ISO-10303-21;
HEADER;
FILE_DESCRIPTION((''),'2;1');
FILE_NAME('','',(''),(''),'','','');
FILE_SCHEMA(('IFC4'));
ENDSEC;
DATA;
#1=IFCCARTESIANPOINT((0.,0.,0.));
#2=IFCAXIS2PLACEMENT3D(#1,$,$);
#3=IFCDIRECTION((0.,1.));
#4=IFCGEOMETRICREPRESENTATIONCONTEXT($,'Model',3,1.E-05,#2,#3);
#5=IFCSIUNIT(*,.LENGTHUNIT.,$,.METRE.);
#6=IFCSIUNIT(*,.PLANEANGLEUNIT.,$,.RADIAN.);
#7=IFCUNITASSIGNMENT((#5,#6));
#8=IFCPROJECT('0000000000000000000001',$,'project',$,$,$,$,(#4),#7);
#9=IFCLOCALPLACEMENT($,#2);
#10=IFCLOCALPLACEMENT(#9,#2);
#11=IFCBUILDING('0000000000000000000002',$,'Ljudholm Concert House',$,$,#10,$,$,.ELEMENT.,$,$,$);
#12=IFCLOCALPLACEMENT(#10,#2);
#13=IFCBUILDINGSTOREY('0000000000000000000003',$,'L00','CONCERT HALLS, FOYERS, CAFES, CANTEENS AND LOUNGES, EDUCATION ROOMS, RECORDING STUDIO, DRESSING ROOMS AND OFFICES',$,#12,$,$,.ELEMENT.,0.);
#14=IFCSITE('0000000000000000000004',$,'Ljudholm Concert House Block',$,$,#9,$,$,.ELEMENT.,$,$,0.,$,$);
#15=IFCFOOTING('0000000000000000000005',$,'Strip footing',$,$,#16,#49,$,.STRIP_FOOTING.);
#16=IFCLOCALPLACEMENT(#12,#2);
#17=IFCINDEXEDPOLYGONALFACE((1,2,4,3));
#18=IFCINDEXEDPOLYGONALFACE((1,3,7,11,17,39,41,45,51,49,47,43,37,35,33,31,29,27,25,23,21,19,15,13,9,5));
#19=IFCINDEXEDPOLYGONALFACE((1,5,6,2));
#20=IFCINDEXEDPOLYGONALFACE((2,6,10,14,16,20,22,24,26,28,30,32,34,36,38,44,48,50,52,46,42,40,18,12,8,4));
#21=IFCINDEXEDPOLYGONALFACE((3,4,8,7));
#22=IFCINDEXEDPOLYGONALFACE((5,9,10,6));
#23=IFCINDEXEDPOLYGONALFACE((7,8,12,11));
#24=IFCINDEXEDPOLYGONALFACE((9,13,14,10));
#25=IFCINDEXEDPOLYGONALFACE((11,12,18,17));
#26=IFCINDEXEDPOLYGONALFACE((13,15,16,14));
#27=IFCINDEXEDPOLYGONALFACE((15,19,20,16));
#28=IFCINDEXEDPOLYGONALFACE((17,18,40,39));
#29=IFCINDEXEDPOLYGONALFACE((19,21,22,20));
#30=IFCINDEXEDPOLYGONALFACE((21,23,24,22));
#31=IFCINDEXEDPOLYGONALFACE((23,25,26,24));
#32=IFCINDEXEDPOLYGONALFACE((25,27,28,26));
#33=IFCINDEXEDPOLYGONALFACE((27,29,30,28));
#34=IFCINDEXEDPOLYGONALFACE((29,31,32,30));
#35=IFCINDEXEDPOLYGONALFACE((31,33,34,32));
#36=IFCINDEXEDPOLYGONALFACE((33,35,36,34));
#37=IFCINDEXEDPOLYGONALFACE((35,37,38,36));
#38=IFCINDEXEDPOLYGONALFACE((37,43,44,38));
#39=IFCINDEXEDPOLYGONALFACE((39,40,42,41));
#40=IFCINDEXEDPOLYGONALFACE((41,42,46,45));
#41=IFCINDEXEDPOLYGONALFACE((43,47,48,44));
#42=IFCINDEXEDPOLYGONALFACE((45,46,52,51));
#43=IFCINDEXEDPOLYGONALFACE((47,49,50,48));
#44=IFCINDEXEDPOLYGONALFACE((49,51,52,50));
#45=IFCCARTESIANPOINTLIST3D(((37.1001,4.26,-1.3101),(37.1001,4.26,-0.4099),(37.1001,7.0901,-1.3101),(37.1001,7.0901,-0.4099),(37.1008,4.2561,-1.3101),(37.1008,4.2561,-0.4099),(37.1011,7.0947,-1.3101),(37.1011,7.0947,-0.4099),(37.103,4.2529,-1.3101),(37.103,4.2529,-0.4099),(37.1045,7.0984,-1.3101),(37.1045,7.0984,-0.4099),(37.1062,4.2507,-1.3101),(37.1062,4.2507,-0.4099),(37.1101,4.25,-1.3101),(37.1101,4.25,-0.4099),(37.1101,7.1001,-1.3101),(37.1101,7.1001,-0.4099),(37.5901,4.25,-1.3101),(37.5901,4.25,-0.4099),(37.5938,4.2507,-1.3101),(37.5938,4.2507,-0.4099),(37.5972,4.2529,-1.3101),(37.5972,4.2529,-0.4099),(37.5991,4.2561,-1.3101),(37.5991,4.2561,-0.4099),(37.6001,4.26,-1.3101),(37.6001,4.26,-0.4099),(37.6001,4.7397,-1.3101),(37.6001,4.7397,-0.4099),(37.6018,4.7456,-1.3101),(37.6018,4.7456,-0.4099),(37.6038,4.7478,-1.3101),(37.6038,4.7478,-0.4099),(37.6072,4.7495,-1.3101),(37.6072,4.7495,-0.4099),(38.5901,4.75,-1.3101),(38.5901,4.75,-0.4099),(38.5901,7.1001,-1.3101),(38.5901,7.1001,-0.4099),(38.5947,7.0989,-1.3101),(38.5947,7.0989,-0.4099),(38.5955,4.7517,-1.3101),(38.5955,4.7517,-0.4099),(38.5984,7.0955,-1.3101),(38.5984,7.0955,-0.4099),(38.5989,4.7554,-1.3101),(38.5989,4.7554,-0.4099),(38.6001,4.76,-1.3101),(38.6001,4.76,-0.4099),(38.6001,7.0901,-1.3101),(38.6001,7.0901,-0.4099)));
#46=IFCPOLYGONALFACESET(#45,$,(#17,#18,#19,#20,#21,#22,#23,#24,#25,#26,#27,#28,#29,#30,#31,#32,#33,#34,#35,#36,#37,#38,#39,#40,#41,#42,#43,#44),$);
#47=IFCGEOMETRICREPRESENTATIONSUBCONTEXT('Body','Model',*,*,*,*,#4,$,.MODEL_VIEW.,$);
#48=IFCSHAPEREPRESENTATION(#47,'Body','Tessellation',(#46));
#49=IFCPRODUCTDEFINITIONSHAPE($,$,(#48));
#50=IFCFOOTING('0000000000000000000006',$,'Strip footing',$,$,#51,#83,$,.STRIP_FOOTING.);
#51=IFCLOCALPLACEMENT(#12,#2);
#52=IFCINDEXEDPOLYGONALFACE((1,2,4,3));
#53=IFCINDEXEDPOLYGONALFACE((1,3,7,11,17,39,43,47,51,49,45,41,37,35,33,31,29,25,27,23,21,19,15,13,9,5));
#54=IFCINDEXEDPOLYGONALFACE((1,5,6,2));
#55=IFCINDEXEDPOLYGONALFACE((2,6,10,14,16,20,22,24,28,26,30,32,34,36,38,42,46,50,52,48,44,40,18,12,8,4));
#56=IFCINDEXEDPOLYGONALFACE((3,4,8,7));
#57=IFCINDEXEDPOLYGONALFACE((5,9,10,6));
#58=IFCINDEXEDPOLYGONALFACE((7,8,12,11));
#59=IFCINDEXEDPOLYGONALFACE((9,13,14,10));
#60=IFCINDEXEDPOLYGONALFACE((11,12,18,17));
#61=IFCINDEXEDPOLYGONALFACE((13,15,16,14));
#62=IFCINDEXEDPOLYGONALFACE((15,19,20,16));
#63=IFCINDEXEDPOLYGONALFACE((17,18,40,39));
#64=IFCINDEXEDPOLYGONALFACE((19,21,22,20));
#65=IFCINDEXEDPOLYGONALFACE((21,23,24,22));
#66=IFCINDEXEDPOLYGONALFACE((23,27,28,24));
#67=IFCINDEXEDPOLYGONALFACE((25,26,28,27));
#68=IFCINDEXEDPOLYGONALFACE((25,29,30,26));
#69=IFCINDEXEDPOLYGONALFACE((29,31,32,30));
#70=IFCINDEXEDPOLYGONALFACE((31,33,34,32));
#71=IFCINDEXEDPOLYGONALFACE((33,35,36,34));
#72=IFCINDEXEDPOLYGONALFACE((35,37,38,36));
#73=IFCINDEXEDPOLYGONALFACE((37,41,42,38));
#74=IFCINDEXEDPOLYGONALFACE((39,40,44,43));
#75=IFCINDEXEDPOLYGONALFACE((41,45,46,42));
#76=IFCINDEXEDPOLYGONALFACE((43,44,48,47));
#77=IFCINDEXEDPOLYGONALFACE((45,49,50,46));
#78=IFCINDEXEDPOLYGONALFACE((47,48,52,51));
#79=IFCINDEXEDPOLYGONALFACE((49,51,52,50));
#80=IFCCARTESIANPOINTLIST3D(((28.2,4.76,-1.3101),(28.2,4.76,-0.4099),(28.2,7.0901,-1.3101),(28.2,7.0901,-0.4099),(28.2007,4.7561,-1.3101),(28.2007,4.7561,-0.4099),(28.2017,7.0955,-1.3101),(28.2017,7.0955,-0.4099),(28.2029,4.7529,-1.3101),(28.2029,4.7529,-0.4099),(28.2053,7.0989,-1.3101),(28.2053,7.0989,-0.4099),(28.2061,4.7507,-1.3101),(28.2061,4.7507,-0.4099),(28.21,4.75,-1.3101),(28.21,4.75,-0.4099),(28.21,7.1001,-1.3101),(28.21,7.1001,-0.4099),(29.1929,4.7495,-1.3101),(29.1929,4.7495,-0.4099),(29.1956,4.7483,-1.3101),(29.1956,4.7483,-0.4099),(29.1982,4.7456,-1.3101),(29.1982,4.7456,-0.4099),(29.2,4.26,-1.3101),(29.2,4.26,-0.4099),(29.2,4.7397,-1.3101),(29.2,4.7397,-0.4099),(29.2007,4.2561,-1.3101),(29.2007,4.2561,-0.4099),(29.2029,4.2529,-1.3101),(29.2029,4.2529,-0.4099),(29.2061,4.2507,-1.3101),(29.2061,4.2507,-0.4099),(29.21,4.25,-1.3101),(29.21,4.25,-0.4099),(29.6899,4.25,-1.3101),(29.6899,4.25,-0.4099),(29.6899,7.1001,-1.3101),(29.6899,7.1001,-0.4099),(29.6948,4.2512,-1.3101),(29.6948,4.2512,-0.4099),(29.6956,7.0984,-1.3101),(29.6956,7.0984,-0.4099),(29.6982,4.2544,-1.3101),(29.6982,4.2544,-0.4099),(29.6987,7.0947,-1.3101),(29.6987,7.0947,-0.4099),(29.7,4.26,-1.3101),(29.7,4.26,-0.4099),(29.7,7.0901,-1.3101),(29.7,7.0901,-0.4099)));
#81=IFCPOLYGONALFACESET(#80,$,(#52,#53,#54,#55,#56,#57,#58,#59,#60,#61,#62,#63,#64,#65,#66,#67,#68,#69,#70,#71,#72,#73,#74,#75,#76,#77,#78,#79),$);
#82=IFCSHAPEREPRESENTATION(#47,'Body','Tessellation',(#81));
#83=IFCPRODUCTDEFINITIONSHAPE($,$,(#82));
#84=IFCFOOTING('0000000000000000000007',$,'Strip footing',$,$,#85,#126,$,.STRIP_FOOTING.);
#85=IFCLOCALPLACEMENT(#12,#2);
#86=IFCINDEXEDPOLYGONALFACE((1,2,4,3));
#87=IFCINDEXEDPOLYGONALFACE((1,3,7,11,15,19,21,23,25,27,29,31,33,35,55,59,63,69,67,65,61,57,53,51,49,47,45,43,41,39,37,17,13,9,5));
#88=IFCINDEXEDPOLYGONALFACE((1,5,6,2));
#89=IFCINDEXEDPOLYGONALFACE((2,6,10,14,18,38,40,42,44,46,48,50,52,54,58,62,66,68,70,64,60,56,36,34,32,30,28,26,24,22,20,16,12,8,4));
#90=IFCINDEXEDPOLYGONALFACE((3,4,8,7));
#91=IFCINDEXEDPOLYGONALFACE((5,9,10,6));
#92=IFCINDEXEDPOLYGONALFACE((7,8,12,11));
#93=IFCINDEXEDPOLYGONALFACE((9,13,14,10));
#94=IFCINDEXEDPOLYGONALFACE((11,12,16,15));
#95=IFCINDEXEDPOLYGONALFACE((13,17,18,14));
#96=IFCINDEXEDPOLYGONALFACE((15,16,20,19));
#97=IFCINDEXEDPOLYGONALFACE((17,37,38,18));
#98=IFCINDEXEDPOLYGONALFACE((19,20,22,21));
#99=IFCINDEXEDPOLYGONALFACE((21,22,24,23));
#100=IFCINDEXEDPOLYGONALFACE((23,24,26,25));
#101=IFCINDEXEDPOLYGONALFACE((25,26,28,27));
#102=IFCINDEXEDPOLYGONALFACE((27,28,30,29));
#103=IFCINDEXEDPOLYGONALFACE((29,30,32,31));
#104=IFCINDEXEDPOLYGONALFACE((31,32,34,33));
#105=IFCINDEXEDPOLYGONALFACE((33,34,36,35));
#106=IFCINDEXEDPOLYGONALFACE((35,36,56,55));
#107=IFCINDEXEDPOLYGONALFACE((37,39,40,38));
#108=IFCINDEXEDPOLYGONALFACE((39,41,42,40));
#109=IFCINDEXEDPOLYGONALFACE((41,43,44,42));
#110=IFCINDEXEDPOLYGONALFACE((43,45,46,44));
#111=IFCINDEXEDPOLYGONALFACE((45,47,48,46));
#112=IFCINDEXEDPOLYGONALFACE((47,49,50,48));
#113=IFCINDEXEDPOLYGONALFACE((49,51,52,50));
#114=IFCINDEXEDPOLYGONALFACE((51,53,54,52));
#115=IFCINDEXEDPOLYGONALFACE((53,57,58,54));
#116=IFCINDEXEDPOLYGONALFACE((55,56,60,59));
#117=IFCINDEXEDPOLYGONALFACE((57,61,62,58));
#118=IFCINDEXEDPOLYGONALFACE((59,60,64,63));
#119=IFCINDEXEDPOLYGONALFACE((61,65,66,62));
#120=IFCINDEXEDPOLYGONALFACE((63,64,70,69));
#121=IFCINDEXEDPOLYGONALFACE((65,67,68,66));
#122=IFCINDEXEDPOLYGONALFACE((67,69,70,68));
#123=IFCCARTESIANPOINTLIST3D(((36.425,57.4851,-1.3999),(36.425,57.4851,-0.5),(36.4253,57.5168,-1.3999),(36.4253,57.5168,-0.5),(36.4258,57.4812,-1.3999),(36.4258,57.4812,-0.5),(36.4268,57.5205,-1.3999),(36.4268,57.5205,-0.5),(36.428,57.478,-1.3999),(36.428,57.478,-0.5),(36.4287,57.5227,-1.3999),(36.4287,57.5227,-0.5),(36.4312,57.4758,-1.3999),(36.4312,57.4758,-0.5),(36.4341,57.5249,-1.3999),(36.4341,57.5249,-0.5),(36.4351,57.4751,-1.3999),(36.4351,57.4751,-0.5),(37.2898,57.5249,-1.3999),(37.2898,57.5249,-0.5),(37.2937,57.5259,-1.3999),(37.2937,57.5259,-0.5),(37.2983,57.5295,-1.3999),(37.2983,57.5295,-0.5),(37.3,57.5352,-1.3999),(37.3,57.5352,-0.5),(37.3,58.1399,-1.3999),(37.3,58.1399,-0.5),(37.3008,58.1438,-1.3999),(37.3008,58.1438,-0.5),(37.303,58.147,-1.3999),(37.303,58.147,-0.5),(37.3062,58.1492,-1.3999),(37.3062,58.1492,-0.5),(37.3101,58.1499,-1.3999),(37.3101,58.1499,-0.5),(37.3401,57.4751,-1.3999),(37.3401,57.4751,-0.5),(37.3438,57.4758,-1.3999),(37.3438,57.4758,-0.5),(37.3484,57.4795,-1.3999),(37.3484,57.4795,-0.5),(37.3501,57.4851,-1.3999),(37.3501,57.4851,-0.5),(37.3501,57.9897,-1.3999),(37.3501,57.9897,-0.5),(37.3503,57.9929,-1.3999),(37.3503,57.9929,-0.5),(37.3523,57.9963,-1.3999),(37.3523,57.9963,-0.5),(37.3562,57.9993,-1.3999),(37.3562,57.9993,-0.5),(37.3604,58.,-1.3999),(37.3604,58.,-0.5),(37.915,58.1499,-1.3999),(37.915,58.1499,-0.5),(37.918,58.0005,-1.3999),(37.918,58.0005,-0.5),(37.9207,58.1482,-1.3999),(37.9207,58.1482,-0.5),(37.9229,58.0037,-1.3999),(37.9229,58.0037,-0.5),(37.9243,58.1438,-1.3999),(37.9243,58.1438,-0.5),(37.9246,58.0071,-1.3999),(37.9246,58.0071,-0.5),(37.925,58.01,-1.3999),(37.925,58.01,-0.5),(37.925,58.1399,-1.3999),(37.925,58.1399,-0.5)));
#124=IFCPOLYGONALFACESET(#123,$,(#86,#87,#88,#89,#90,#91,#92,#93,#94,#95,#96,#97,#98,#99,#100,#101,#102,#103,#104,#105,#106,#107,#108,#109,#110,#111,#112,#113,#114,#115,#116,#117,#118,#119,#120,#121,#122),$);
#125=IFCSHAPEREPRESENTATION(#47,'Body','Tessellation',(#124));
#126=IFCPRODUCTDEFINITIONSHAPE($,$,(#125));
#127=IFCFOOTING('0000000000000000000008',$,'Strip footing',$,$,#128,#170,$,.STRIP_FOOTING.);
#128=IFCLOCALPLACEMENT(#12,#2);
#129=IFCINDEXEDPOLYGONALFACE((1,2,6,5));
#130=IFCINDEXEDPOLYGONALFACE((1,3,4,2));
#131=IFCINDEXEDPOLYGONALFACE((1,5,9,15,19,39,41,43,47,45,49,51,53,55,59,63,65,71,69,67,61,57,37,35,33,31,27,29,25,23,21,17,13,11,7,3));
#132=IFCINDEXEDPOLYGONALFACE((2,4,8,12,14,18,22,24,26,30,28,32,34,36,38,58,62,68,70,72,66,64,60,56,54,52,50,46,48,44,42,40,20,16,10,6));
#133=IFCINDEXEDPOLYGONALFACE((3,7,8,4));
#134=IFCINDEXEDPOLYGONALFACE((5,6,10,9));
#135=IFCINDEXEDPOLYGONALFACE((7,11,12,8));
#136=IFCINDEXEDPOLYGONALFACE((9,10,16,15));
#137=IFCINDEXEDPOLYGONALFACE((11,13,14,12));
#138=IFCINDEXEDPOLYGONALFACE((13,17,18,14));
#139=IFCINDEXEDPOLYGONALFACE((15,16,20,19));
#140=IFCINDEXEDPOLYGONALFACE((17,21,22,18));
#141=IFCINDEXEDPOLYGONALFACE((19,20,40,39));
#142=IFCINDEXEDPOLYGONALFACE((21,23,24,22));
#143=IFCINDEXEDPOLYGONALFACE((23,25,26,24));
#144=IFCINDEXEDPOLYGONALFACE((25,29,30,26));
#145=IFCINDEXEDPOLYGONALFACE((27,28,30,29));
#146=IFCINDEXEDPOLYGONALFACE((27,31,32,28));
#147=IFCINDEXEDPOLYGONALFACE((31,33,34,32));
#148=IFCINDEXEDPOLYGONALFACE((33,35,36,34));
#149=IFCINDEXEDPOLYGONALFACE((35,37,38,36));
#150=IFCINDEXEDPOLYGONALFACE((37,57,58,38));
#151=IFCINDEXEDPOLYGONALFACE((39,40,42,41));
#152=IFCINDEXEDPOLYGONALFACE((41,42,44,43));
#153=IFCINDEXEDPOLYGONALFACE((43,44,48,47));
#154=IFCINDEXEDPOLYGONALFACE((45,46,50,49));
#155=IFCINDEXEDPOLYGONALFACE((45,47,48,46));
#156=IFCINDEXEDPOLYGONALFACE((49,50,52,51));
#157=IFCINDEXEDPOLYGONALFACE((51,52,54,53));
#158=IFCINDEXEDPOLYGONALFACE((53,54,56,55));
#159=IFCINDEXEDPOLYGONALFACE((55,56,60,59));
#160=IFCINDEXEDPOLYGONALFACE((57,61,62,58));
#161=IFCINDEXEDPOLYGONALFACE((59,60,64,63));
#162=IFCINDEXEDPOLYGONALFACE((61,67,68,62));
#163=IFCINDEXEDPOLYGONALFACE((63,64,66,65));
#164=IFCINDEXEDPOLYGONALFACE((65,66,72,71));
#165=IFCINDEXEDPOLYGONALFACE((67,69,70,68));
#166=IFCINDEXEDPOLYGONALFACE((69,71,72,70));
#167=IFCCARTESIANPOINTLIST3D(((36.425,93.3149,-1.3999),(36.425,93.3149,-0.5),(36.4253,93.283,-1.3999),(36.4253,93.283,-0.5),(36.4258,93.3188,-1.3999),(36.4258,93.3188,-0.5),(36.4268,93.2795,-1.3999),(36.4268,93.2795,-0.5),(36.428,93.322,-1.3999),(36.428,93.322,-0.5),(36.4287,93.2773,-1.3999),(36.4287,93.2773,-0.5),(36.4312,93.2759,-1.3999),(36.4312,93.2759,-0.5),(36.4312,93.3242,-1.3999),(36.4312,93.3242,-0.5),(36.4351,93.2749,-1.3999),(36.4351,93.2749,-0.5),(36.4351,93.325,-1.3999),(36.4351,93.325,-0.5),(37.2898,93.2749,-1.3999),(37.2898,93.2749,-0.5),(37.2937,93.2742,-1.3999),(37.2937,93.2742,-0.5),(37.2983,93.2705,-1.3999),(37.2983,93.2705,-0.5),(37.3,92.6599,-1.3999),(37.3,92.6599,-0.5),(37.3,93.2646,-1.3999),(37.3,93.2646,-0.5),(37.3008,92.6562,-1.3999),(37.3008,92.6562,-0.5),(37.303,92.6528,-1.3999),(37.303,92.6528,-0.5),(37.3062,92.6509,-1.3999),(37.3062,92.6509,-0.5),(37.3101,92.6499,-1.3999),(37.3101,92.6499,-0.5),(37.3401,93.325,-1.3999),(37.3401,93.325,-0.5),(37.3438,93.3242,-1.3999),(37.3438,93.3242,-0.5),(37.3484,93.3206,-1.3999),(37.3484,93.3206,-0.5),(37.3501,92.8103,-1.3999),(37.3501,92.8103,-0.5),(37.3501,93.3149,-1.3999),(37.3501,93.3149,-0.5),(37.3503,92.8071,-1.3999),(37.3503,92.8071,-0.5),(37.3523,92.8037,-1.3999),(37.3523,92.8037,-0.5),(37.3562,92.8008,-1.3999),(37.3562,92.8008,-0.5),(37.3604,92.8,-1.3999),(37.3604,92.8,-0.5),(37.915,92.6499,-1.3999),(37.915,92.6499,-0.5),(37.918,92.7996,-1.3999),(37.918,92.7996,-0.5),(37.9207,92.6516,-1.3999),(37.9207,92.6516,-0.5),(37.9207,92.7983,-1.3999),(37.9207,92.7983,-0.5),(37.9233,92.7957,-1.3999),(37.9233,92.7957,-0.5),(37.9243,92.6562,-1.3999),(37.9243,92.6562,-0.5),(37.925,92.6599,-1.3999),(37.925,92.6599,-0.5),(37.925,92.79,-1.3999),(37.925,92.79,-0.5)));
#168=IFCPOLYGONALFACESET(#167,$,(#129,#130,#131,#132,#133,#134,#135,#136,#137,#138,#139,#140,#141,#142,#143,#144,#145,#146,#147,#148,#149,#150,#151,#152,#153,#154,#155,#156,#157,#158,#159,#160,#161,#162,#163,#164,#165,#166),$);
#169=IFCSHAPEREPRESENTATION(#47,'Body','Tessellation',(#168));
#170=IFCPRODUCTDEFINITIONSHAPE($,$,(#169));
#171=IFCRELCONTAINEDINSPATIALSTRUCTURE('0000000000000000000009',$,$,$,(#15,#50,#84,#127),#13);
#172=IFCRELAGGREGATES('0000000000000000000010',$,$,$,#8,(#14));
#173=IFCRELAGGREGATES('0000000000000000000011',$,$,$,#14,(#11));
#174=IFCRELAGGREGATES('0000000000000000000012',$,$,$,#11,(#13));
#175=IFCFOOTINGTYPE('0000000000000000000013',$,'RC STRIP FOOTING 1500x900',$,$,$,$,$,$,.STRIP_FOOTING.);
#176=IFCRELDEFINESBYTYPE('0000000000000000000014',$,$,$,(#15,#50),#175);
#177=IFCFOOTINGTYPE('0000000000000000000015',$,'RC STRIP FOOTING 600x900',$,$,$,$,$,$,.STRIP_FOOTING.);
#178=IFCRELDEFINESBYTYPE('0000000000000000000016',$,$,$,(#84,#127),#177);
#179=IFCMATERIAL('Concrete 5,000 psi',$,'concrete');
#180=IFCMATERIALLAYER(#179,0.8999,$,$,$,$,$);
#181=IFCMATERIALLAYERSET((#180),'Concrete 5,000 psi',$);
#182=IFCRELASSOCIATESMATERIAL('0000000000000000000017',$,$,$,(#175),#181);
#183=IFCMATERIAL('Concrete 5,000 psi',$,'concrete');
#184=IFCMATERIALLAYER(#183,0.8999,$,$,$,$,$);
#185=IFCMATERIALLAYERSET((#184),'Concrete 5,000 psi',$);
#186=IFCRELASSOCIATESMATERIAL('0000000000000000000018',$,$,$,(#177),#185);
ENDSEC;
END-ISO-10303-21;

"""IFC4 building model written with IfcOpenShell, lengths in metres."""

from ifc_helpers import new_model, si_unit, direction, frame, origin, place, context, subcontext, project, spatial, polyline, outline, extrude, material, layer, layer_set, type_object, element, save


model = new_model("IFC4")

# Units and contexts
model_context = context("Model", 3, precision=1e-05, world=origin(), true_north=direction((0.0, 1.0)))
body_context = subcontext(model_context, "Body", "Model", "MODEL_VIEW")
ifc_project = project(units=[si_unit("LENGTHUNIT", "METRE"), si_unit("PLANEANGLEUNIT", "RADIAN")], contexts=[model_context])

# Site, building, storey
site_placement = place(None, origin())
site = spatial("IfcSite", under=ifc_project, at=site_placement, Name="Ljudholm Concert House Block", CompositionType="ELEMENT", RefElevation=0.0)
building_placement = place(site_placement, origin())
building = spatial("IfcBuilding", under=site, at=building_placement, Name="Ljudholm Concert House", CompositionType="ELEMENT")
storey_placement = place(building_placement, origin())
storey = spatial("IfcBuildingStorey", under=building, at=storey_placement, Name="L00", Description="CONCERT HALLS, FOYERS, CAFES, CANTEENS AND LOUNGES, EDUCATION ROOMS, RECORDING STUDIO, DRESSING ROOMS AND OFFICES", CompositionType="ELEMENT", Elevation=0.0)

# Footings
ifc_material_1 = material(Name="Concrete 5,000 psi", Category="concrete")
ifc_layer_1 = layer(ifc_material_1, 0.8999)
ifc_layer_set_1 = layer_set([ifc_layer_1], Name="Concrete 5,000 psi")
footing_type_1 = type_object("IfcFootingType", Name="RC STRIP FOOTING 1500x900", PredefinedType="STRIP_FOOTING", material=ifc_layer_set_1)
footing_1_placement = place(storey_placement, frame((0.0, 0.0, -1.3101)))
element("IfcFooting", 1, at=footing_1_placement, inside=storey, type_object=footing_type_1, Name="Strip footing", PredefinedType="STRIP_FOOTING", context=body_context, shape_type="SweptSolid", body=[
    extrude(outline(polyline([(37.1101, 4.25), (37.5901, 4.25), (37.5938, 4.2507), (37.5972, 4.2529), (37.5991, 4.2561), (37.6001, 4.26), (37.6001, 4.7397), (37.6018, 4.7456), (37.6038, 4.7478), (37.6072, 4.7495), (38.5901, 4.75), (38.5955, 4.7517), (38.5989, 4.7554), (38.6001, 4.76), (38.6001, 7.0901), (38.5984, 7.0955), (38.5947, 7.0989), (38.5901, 7.1001), (37.1101, 7.1001), (37.1045, 7.0984), (37.1011, 7.0947), (37.1001, 7.0901), (37.1001, 4.26), (37.1008, 4.2561), (37.103, 4.2529), (37.1062, 4.2507), (37.1101, 4.25)])), origin(), (0.0, 0.0, 1.0), 0.9001),
])
footing_2_placement = place(storey_placement, frame((0.0, 0.0, -1.3101)))
element("IfcFooting", 2, at=footing_2_placement, inside=storey, type_object=footing_type_1, Name="Strip footing", PredefinedType="STRIP_FOOTING", context=body_context, shape_type="SweptSolid", body=[
    extrude(outline(polyline([(28.21, 4.75), (29.1929, 4.7495), (29.1956, 4.7483), (29.1982, 4.7456), (29.2, 4.7397), (29.2, 4.26), (29.2007, 4.2561), (29.2029, 4.2529), (29.2061, 4.2507), (29.21, 4.25), (29.6899, 4.25), (29.6948, 4.2512), (29.6982, 4.2544), (29.7, 4.26), (29.7, 7.0901), (29.6987, 7.0947), (29.6956, 7.0984), (29.6899, 7.1001), (28.21, 7.1001), (28.2053, 7.0989), (28.2017, 7.0955), (28.2, 7.0901), (28.2, 4.76), (28.2007, 4.7561), (28.2029, 4.7529), (28.2061, 4.7507), (28.21, 4.75)])), origin(), (0.0, 0.0, 1.0), 0.9001),
])
ifc_material_2 = material(Name="Concrete 5,000 psi", Category="concrete")
ifc_layer_2 = layer(ifc_material_2, 0.8999)
ifc_layer_set_2 = layer_set([ifc_layer_2], Name="Concrete 5,000 psi")
footing_type_2 = type_object("IfcFootingType", Name="RC STRIP FOOTING 600x900", PredefinedType="STRIP_FOOTING", material=ifc_layer_set_2)
footing_3_placement = place(storey_placement, frame((0.0, 0.0, -1.3999)))
element("IfcFooting", 3, at=footing_3_placement, inside=storey, type_object=footing_type_2, Name="Strip footing", PredefinedType="STRIP_FOOTING", context=body_context, shape_type="SweptSolid", body=[
    extrude(outline(polyline([(36.4351, 57.4751), (37.3401, 57.4751), (37.3438, 57.4758), (37.3484, 57.4795), (37.3501, 57.4851), (37.3501, 57.9897), (37.3503, 57.9929), (37.3523, 57.9963), (37.3562, 57.9993), (37.3604, 58.0), (37.918, 58.0005), (37.9229, 58.0037), (37.9246, 58.0071), (37.925, 58.01), (37.925, 58.1399), (37.9243, 58.1438), (37.9207, 58.1482), (37.915, 58.1499), (37.3101, 58.1499), (37.3062, 58.1492), (37.303, 58.147), (37.3008, 58.1438), (37.3, 58.1399), (37.3, 57.5352), (37.2983, 57.5295), (37.2937, 57.5259), (37.2898, 57.5249), (36.4341, 57.5249), (36.4287, 57.5227), (36.4268, 57.5205), (36.4253, 57.5168), (36.425, 57.4851), (36.4258, 57.4812), (36.428, 57.478), (36.4312, 57.4758), (36.4351, 57.4751)])), origin(), (0.0, 0.0, 1.0), 0.8999),
])
footing_4_placement = place(storey_placement, frame((0.0, 0.0, -1.3999)))
element("IfcFooting", 4, at=footing_4_placement, inside=storey, type_object=footing_type_2, Name="Strip footing", PredefinedType="STRIP_FOOTING", context=body_context, shape_type="SweptSolid", body=[
    extrude(outline(polyline([(36.425, 93.3149), (36.4253, 93.283), (36.4268, 93.2795), (36.4287, 93.2773), (36.4312, 93.2759), (36.4351, 93.2749), (37.2898, 93.2749), (37.2937, 93.2742), (37.2983, 93.2705), (37.3, 93.2646), (37.3, 92.6599), (37.3008, 92.6562), (37.303, 92.6528), (37.3062, 92.6509), (37.3101, 92.6499), (37.915, 92.6499), (37.9207, 92.6516), (37.9243, 92.6562), (37.925, 92.6599), (37.925, 92.79), (37.9233, 92.7957), (37.9207, 92.7983), (37.918, 92.7996), (37.3604, 92.8), (37.3562, 92.8008), (37.3523, 92.8037), (37.3503, 92.8071), (37.3501, 92.8103), (37.3501, 93.3149), (37.3484, 93.3206), (37.3438, 93.3242), (37.3401, 93.325), (36.4351, 93.325), (36.4312, 93.3242), (36.428, 93.322), (36.4258, 93.3188), (36.425, 93.3149)])), origin(), (0.0, 0.0, 1.0), 0.8999),
])

save(model, "model.ifc")
